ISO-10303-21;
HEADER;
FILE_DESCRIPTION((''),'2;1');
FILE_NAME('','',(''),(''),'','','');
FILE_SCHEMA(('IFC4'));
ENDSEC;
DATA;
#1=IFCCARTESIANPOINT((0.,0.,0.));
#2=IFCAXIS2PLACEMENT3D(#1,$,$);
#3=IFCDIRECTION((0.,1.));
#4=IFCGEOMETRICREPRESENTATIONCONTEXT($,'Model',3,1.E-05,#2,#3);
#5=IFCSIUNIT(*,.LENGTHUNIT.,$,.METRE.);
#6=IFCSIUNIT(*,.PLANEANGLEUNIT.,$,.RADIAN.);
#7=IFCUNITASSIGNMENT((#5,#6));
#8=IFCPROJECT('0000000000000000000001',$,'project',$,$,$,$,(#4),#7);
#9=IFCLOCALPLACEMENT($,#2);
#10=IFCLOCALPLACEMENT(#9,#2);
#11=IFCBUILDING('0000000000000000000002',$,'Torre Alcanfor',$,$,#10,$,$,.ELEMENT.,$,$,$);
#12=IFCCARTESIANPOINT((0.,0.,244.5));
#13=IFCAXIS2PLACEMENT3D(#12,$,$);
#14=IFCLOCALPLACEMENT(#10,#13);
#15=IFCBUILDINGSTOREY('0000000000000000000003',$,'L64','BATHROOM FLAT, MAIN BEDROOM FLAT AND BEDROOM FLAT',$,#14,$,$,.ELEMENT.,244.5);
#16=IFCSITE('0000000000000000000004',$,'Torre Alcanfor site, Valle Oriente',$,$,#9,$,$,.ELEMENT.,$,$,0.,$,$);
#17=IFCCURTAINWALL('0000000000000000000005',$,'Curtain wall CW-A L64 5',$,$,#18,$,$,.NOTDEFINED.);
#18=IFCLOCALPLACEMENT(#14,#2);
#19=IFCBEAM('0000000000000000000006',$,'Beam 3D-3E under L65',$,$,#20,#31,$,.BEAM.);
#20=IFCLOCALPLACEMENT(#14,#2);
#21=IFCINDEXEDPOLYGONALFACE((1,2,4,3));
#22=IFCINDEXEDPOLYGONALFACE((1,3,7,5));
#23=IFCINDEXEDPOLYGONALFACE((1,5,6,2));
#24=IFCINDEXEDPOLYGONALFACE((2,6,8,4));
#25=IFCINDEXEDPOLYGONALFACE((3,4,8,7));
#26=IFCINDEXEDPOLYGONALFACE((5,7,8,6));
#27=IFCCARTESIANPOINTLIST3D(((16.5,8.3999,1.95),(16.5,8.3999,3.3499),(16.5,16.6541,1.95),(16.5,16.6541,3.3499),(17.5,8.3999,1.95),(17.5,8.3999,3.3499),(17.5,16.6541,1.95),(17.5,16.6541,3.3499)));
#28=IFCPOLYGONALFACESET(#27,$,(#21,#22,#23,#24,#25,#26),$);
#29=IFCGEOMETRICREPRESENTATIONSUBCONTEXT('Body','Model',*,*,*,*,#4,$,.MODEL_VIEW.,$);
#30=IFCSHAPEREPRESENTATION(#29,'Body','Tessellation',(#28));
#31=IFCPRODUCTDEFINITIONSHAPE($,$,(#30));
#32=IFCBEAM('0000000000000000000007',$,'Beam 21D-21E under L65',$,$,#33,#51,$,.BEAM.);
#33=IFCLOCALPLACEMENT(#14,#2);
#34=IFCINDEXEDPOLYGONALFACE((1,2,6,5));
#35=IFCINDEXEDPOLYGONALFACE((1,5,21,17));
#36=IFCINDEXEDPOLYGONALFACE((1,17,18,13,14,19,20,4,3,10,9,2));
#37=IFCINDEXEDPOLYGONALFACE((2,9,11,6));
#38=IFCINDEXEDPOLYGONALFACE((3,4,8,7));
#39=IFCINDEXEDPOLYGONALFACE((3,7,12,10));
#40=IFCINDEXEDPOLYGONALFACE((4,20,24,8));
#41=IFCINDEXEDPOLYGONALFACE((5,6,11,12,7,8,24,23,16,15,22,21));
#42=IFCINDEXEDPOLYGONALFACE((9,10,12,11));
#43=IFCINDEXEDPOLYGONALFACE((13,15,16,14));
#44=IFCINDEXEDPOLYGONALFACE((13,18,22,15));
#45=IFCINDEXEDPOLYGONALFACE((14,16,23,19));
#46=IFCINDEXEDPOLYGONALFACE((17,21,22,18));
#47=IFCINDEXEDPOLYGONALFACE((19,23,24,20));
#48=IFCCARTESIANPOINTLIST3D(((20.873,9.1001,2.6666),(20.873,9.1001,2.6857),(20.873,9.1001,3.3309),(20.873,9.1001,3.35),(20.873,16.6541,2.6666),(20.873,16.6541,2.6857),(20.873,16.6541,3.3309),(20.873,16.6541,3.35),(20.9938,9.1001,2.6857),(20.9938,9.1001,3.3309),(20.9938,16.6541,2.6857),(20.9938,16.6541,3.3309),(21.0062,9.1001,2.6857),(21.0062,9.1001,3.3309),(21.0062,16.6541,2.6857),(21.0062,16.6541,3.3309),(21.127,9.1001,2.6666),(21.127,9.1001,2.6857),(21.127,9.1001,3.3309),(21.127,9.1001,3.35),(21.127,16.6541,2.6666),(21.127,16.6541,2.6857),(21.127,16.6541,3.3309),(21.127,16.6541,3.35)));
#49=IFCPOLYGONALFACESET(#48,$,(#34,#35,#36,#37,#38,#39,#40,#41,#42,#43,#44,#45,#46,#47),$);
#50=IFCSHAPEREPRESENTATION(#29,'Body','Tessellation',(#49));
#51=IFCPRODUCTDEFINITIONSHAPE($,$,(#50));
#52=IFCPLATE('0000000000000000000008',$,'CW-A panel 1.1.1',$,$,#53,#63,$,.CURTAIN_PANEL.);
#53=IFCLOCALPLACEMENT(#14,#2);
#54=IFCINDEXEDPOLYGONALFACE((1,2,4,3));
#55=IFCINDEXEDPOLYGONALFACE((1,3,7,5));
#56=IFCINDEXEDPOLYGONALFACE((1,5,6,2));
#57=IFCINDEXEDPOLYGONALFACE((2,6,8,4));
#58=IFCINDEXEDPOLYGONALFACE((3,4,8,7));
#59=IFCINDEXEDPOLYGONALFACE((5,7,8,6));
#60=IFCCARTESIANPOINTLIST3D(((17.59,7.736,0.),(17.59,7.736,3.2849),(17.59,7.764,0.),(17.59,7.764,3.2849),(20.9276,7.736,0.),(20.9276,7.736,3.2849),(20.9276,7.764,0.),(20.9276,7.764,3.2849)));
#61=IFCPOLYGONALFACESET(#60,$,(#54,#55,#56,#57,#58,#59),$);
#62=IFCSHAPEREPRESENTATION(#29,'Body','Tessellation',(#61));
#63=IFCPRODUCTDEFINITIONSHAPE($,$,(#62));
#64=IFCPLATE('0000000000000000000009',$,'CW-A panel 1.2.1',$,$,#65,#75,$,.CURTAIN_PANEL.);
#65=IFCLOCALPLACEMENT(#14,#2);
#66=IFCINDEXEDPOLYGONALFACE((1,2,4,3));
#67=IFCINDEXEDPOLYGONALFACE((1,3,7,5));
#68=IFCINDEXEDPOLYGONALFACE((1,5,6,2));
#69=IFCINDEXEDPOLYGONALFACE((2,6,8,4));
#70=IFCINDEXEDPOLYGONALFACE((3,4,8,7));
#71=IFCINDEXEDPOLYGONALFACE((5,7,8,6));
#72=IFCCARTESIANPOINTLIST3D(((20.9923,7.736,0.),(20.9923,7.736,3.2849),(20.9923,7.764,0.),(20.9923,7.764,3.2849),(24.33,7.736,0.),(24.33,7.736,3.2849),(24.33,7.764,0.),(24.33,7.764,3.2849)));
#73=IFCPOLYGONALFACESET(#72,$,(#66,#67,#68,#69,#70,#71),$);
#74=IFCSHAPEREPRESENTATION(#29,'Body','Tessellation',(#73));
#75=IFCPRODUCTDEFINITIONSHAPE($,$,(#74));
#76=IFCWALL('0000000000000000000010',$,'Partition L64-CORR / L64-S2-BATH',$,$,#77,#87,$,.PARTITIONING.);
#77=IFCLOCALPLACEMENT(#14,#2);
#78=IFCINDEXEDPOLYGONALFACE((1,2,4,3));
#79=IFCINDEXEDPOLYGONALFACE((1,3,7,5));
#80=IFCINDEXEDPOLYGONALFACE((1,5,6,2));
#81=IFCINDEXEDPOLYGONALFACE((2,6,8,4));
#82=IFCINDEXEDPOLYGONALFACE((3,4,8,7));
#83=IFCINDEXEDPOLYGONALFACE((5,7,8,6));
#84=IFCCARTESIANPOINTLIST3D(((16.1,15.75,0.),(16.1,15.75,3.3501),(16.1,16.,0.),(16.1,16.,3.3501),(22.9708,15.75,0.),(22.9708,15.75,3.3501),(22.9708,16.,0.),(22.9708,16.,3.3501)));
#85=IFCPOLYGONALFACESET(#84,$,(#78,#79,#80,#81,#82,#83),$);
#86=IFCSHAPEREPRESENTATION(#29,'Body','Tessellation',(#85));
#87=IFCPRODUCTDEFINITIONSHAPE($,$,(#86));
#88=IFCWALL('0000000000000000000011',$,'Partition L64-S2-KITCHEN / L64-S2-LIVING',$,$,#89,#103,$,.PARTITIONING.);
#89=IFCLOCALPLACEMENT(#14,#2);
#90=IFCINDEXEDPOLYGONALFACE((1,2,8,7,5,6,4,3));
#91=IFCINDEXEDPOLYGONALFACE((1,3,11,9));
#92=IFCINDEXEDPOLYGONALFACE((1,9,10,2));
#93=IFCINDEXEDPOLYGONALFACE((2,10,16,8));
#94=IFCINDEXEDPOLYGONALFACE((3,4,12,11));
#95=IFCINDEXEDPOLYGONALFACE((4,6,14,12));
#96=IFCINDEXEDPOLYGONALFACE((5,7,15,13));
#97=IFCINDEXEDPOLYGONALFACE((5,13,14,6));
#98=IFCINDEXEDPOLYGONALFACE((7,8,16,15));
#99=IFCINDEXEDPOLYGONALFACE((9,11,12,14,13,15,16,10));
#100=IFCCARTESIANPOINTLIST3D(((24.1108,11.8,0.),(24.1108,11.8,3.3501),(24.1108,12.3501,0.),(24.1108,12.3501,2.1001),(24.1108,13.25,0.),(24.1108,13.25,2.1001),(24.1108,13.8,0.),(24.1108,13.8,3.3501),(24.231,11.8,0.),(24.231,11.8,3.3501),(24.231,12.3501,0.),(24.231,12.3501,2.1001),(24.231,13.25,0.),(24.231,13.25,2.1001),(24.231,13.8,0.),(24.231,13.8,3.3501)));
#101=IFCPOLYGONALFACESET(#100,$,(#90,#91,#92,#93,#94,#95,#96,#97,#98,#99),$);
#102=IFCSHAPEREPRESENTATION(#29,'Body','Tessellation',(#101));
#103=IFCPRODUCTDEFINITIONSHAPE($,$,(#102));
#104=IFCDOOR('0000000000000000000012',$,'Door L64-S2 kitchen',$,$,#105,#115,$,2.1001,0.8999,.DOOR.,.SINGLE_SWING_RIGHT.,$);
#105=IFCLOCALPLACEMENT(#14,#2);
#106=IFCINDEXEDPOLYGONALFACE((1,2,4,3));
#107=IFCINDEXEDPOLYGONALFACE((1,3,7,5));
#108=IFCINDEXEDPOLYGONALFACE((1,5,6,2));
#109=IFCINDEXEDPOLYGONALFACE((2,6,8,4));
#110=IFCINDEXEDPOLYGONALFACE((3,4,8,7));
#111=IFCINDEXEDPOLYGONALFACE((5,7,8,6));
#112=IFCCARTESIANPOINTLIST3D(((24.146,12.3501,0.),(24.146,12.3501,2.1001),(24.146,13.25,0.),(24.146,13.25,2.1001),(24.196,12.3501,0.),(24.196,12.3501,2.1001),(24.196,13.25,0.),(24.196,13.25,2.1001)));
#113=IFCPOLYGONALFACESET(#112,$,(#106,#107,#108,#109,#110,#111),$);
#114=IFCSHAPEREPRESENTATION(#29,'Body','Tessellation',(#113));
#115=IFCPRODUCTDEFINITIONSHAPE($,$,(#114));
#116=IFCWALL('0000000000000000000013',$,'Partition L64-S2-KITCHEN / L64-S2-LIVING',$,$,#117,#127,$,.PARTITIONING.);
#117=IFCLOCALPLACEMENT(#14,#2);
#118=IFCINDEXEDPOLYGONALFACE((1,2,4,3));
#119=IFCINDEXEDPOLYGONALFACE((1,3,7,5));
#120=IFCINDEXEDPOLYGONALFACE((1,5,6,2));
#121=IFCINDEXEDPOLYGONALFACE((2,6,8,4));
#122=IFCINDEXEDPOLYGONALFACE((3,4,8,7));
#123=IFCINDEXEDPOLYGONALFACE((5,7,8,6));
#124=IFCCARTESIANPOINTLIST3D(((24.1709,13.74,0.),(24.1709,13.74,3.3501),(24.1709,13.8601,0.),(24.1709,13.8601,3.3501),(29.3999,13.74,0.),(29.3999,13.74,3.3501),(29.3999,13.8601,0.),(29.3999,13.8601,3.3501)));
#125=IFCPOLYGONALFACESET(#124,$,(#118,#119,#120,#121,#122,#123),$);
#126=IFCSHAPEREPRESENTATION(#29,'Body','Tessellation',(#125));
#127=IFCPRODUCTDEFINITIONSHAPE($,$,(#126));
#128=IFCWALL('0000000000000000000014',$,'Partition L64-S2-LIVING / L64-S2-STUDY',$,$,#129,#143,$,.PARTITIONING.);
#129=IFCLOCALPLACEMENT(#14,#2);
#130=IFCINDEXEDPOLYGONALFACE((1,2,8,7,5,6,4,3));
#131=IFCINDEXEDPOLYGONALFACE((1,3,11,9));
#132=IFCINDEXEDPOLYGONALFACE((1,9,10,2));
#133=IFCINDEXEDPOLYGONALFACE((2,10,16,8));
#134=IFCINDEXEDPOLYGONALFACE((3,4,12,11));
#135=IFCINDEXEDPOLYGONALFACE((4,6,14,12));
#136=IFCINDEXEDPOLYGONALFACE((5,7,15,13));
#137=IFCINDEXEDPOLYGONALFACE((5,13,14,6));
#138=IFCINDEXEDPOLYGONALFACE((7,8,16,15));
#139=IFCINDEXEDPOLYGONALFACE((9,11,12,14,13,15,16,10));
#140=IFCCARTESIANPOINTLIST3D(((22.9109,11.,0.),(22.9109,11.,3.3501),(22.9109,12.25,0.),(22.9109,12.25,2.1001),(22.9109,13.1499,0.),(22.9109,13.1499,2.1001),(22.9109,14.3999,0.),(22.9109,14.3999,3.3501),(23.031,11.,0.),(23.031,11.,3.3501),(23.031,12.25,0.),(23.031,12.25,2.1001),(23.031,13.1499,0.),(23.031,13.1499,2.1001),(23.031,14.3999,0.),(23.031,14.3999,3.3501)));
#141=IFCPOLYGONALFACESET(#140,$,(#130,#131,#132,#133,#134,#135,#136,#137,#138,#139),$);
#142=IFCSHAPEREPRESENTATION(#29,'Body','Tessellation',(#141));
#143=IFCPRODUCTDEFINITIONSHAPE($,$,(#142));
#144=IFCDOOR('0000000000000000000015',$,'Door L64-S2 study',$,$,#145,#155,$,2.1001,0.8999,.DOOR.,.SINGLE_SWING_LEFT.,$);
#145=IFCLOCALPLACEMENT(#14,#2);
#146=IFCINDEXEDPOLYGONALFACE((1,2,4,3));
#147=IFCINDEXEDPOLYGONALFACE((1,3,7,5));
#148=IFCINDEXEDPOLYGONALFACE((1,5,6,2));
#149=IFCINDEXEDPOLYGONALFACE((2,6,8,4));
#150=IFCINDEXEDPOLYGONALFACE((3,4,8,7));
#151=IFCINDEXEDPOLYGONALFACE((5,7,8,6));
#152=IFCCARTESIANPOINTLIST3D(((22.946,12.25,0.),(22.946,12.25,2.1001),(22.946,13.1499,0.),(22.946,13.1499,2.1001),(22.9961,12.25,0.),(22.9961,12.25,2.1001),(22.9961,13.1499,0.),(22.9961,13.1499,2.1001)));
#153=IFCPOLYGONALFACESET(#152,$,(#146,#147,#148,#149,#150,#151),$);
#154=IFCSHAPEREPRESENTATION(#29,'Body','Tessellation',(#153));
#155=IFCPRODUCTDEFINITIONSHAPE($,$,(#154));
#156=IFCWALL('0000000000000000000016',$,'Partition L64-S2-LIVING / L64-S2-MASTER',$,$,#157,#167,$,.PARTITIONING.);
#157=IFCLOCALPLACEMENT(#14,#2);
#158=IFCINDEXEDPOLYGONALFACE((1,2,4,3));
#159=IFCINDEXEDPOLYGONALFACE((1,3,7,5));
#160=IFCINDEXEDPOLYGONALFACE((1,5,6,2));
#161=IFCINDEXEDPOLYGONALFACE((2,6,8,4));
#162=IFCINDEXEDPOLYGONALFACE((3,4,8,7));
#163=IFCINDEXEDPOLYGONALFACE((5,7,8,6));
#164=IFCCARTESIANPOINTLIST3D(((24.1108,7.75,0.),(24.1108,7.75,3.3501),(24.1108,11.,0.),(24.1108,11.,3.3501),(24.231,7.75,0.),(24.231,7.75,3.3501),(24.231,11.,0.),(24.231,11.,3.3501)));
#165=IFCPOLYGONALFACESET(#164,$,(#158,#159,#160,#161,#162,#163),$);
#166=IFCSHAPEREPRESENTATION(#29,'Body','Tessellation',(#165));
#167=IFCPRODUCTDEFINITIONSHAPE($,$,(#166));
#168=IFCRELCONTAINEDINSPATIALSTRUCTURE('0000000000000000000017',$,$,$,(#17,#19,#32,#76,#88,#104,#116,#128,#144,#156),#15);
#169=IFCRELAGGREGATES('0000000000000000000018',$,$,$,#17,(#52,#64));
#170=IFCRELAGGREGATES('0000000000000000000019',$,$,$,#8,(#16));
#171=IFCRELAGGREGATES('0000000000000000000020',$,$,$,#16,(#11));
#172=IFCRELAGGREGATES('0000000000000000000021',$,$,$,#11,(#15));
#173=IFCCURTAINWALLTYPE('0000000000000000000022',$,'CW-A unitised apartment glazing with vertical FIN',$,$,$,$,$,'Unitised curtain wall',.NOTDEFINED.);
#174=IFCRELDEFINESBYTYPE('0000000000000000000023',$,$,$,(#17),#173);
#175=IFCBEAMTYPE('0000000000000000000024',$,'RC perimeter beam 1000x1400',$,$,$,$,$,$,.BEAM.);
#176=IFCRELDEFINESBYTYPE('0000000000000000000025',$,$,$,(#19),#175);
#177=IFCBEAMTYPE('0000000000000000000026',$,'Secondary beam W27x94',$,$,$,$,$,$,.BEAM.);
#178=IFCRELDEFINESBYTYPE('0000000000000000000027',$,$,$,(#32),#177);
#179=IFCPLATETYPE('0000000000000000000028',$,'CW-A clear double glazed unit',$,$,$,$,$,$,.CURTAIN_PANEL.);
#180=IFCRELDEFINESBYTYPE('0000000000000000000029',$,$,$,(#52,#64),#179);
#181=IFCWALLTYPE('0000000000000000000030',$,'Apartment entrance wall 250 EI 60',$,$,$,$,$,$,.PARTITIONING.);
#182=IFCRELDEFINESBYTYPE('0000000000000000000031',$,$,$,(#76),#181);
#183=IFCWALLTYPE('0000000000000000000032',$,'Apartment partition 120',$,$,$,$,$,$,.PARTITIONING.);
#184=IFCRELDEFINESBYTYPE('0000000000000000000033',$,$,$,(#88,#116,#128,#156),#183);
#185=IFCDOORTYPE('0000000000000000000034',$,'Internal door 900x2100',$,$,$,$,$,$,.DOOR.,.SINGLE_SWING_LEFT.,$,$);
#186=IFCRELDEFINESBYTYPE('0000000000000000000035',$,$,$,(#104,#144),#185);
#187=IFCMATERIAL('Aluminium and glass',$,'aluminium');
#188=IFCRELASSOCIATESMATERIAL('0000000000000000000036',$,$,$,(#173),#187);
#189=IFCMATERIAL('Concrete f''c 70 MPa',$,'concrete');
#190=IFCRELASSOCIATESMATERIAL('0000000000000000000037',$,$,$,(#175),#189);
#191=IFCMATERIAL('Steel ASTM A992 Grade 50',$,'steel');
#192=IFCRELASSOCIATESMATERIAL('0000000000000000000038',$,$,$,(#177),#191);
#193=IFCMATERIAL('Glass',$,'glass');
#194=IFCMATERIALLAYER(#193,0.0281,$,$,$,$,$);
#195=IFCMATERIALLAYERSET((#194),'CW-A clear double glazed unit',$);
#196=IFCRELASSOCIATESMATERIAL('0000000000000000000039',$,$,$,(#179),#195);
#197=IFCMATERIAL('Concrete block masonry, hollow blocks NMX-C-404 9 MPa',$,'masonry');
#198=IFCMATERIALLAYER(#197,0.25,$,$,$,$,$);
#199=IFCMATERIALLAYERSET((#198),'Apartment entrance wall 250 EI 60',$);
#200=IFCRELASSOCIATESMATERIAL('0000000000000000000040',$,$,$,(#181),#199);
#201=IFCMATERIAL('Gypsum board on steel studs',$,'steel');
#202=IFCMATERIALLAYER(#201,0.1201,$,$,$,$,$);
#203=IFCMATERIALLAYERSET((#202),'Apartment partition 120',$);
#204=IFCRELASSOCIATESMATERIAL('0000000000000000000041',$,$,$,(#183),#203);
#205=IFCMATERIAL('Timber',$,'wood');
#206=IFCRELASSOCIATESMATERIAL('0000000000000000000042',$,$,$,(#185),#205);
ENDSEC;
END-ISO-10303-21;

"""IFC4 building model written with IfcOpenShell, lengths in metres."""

from ifc_helpers import new_model, si_unit, direction, frame, frame_2d, origin, origin_2d, place, context, subcontext, project, spatial, rectangle, i_section, extrude, material, layer, layer_set, material_profile, profile_set, type_object, element, fill, aggregate, save


model = new_model("IFC4")

# Units and contexts
model_context = context("Model", 3, precision=1e-05, world=origin(), true_north=direction((0.0, 1.0)))
body_context = subcontext(model_context, "Body", "Model", "MODEL_VIEW")
ifc_project = project(units=[si_unit("LENGTHUNIT", "METRE"), si_unit("PLANEANGLEUNIT", "RADIAN")], contexts=[model_context])

# Site, building, storey
site_placement = place(None, origin())
site = spatial("IfcSite", under=ifc_project, at=site_placement, Name="Torre Alcanfor site, Valle Oriente", CompositionType="ELEMENT", RefElevation=0.0)
building_placement = place(site_placement, origin())
building = spatial("IfcBuilding", under=site, at=building_placement, Name="Torre Alcanfor", CompositionType="ELEMENT")
storey_placement = place(building_placement, frame((0.0, 0.0, 244.5)))
storey = spatial("IfcBuildingStorey", under=building, at=storey_placement, Name="L64", Description="BATHROOM FLAT, MAIN BEDROOM FLAT AND BEDROOM FLAT", CompositionType="ELEMENT", Elevation=244.5)

# Curtain wall
ifc_material_1 = material(Name="Aluminium and glass", Category="aluminium")
curtain_wall_type = type_object("IfcCurtainWallType", Name="CW-A unitised apartment glazing with vertical FIN", ElementType="Unitised curtain wall", PredefinedType="NOTDEFINED", material=ifc_material_1)
curtain_wall_placement = place(storey_placement, origin())
curtain_wall = element("IfcCurtainWall", 1, at=curtain_wall_placement, inside=storey, type_object=curtain_wall_type, Name="Curtain wall CW-A L64 5", PredefinedType="NOTDEFINED")

# Beams
ifc_material_2 = material(Name="Concrete f'c 70 MPa", Category="concrete")
ifc_material_profile_1 = material_profile(ifc_material_2, rectangle(XDim=1.0, YDim=1.3999, at=origin_2d()), Name="1000x1400")
ifc_profile_set_1 = profile_set([ifc_material_profile_1], Name="Concrete f'c 70 MPa")
beam_type_1 = type_object("IfcBeamType", Name="RC perimeter beam 1000x1400", PredefinedType="BEAM", material=ifc_profile_set_1)
beam_1_placement = place(storey_placement, frame((17.0, 8.3999, 2.6499), z_axis=(0.0, 1.0, 0.0), x_axis=(-1.0, 0.0, 0.0)))
element("IfcBeam", 2, at=beam_1_placement, inside=storey, type_object=beam_type_1, Name="Beam 3D-3E under L65", PredefinedType="BEAM", context=body_context, shape_type="SweptSolid", body=[
    extrude(rectangle(XDim=1.0, YDim=1.3999, at=origin_2d()), origin(), (0.0, 0.0, 1.0), 8.2542),
])
ifc_material_3 = material(Name="Steel ASTM A992 Grade 50", Category="steel")
ifc_material_profile_2 = material_profile(ifc_material_3, i_section(OverallWidth=0.2539, OverallDepth=0.6833, WebThickness=0.0125, FlangeThickness=0.019, at=origin_2d()), Name="W27x94")
ifc_profile_set_2 = profile_set([ifc_material_profile_2], Name="Steel ASTM A992 Grade 50")
beam_type_2 = type_object("IfcBeamType", Name="Secondary beam W27x94", PredefinedType="BEAM", material=ifc_profile_set_2)
beam_2_placement = place(storey_placement, frame((21.0, 9.1001, 3.0083), z_axis=(0.0, 1.0, 0.0), x_axis=(-1.0, 0.0, 0.0)))
element("IfcBeam", 3, at=beam_2_placement, inside=storey, type_object=beam_type_2, Name="Beam 21D-21E under L65", PredefinedType="BEAM", context=body_context, shape_type="SweptSolid", body=[
    extrude(i_section(OverallWidth=0.2539, OverallDepth=0.6833, WebThickness=0.0125, FlangeThickness=0.019, at=origin_2d()), origin(), (0.0, 0.0, 1.0), 7.554),
])

# Plates
ifc_material_4 = material(Name="Glass", Category="glass")
ifc_layer_1 = layer(ifc_material_4, 0.0281)
ifc_layer_set_1 = layer_set([ifc_layer_1], Name="CW-A clear double glazed unit")
plate_type = type_object("IfcPlateType", Name="CW-A clear double glazed unit", PredefinedType="CURTAIN_PANEL", material=ifc_layer_set_1)
plate_1_placement = place(storey_placement, frame((19.2588, 7.75, 0.0), z_axis=(0.0, 0.0, 1.0), x_axis=(1.0, 0.0, 0.0)))
plate_1 = element("IfcPlate", 4, at=plate_1_placement, type_object=plate_type, Name="CW-A panel 1.1.1", PredefinedType="CURTAIN_PANEL", context=body_context, shape_type="SweptSolid", body=[
    extrude(rectangle(XDim=3.3376, YDim=0.0281, at=origin_2d()), origin(), (0.0, 0.0, 1.0), 3.2849),
])
plate_2_placement = place(storey_placement, frame((22.6611, 7.75, 0.0), z_axis=(0.0, 0.0, 1.0), x_axis=(1.0, 0.0, 0.0)))
plate_2 = element("IfcPlate", 5, at=plate_2_placement, type_object=plate_type, Name="CW-A panel 1.2.1", PredefinedType="CURTAIN_PANEL", context=body_context, shape_type="SweptSolid", body=[
    extrude(rectangle(XDim=3.3376, YDim=0.0281, at=origin_2d()), origin(), (0.0, 0.0, 1.0), 3.2849),
])
aggregate(curtain_wall, [plate_1, plate_2])

# Wall
ifc_material_5 = material(Name="Concrete block masonry, hollow blocks NMX-C-404 9 MPa", Category="masonry")
ifc_layer_2 = layer(ifc_material_5, 0.25)
ifc_layer_set_2 = layer_set([ifc_layer_2], Name="Apartment entrance wall 250 EI 60")
wall_type_1 = type_object("IfcWallType", Name="Apartment entrance wall 250 EI 60", PredefinedType="PARTITIONING", material=ifc_layer_set_2)
wall_1_placement = place(storey_placement, frame((22.9709, 15.875, 0.0), z_axis=(0.0, 0.0, 1.0), x_axis=(-1.0, 0.0, 0.0)))
element("IfcWall", 6, at=wall_1_placement, inside=storey, type_object=wall_type_1, Name="Partition L64-CORR / L64-S2-BATH", PredefinedType="PARTITIONING", context=body_context, shape_type="SweptSolid", body=[
    extrude(rectangle(XDim=6.8708, YDim=0.25, at=frame_2d((3.4355, 0.0))), origin(), (0.0, 0.0, 1.0), 3.3501),
])

# Wall, opening, door
ifc_material_6 = material(Name="Gypsum board on steel studs", Category="steel")
ifc_layer_3 = layer(ifc_material_6, 0.1201)
ifc_layer_set_3 = layer_set([ifc_layer_3], Name="Apartment partition 120")
wall_type_2 = type_object("IfcWallType", Name="Apartment partition 120", PredefinedType="PARTITIONING", material=ifc_layer_set_3)
wall_2_placement = place(storey_placement, frame((24.1709, 11.8, 0.0), z_axis=(0.0, 0.0, 1.0), x_axis=(0.0, 1.0, 0.0)))
wall_2 = element("IfcWall", 7, at=wall_2_placement, inside=storey, type_object=wall_type_2, Name="Partition L64-S2-KITCHEN / L64-S2-LIVING", PredefinedType="PARTITIONING", context=body_context, shape_type="SweptSolid", body=[
    extrude(rectangle(XDim=2.0, YDim=0.1201, at=frame_2d((1.0, 0.0))), origin(), (0.0, 0.0, 1.0), 3.3501),
])
opening_1_placement = place(wall_2_placement, frame((0.55, 0.0, 0.0)))
opening_1 = element("IfcOpeningElement", 8, at=opening_1_placement, cuts=wall_2, PredefinedType="OPENING", context=body_context, shape_type="SweptSolid", body=[
    extrude(rectangle(XDim=0.8999, YDim=2.1001, at=frame_2d((0.45, 1.05))), frame((0.0, 0.0701, 0.0), z_axis=(0.0, -1.0, 0.0), x_axis=(1.0, 0.0, 0.0)), (0.0, 0.0, 1.0), 0.1401),
])
ifc_material_7 = material(Name="Timber", Category="wood")
door_type_1 = type_object("IfcDoorType", Name="Internal door 900x2100", OperationType="SINGLE_SWING_LEFT", PredefinedType="DOOR", material=ifc_material_7)
door_1_placement = place(opening_1_placement, frame((0.8999, 0.0, 0.0), z_axis=(0.0, 0.0, 1.0), x_axis=(-1.0, 0.0, 0.0)))
door_1 = element("IfcDoor", 9, at=door_1_placement, inside=storey, type_object=door_type_1, Name="Door L64-S2 kitchen", OperationType="SINGLE_SWING_RIGHT", OverallHeight=2.1001, OverallWidth=0.8999, PredefinedType="DOOR", context=body_context, shape_type="SweptSolid", body=[
    extrude(rectangle(XDim=0.8999, YDim=2.1001, at=frame_2d((0.45, 1.05))), frame((0.0, 0.0251, 0.0), z_axis=(0.0, -1.0, 0.0), x_axis=(1.0, 0.0, 0.0)), (0.0, 0.0, 1.0), 0.05),
])
fill(opening_1, door_1)

# Wall
wall_3_placement = place(storey_placement, frame((24.1709, 13.8, 0.0), z_axis=(0.0, 0.0, 1.0), x_axis=(1.0, 0.0, 0.0)))
element("IfcWall", 10, at=wall_3_placement, inside=storey, type_object=wall_type_2, Name="Partition L64-S2-KITCHEN / L64-S2-LIVING", PredefinedType="PARTITIONING", context=body_context, shape_type="SweptSolid", body=[
    extrude(rectangle(XDim=5.229, YDim=0.1201, at=frame_2d((2.6145, 0.0))), origin(), (0.0, 0.0, 1.0), 3.3501),
])

# Wall, opening, door
wall_4_placement = place(storey_placement, frame((22.9709, 11.0, 0.0), z_axis=(0.0, 0.0, 1.0), x_axis=(0.0, 1.0, 0.0)))
wall_4 = element("IfcWall", 11, at=wall_4_placement, inside=storey, type_object=wall_type_2, Name="Partition L64-S2-LIVING / L64-S2-STUDY", PredefinedType="PARTITIONING", context=body_context, shape_type="SweptSolid", body=[
    extrude(rectangle(XDim=3.3999, YDim=0.1201, at=frame_2d((1.7, 0.0))), origin(), (0.0, 0.0, 1.0), 3.3501),
])
opening_2_placement = place(wall_4_placement, frame((1.25, 0.0, 0.0)))
opening_2 = element("IfcOpeningElement", 12, at=opening_2_placement, cuts=wall_4, PredefinedType="OPENING", context=body_context, shape_type="SweptSolid", body=[
    extrude(rectangle(XDim=0.8999, YDim=2.1001, at=frame_2d((0.45, 1.05))), frame((0.0, 0.0701, 0.0), z_axis=(0.0, -1.0, 0.0), x_axis=(1.0, 0.0, 0.0)), (0.0, 0.0, 1.0), 0.1401),
])
door_2_placement = place(opening_2_placement, origin())
door_2 = element("IfcDoor", 13, at=door_2_placement, inside=storey, type_object=door_type_1, Name="Door L64-S2 study", OperationType="SINGLE_SWING_LEFT", OverallHeight=2.1001, OverallWidth=0.8999, PredefinedType="DOOR", context=body_context, shape_type="SweptSolid", body=[
    extrude(rectangle(XDim=0.8999, YDim=2.1001, at=frame_2d((0.45, 1.05))), frame((0.0, 0.0249, 0.0), z_axis=(0.0, -1.0, 0.0), x_axis=(1.0, 0.0, 0.0)), (0.0, 0.0, 1.0), 0.05),
])
fill(opening_2, door_2)

# Wall
wall_5_placement = place(storey_placement, frame((24.1709, 7.75, 0.0), z_axis=(0.0, 0.0, 1.0), x_axis=(0.0, 1.0, 0.0)))
element("IfcWall", 14, at=wall_5_placement, inside=storey, type_object=wall_type_2, Name="Partition L64-S2-LIVING / L64-S2-MASTER", PredefinedType="PARTITIONING", context=body_context, shape_type="SweptSolid", body=[
    extrude(rectangle(XDim=3.25, YDim=0.1201, at=frame_2d((1.625, 0.0))), origin(), (0.0, 0.0, 1.0), 3.3501),
])

save(model, "model.ifc")
